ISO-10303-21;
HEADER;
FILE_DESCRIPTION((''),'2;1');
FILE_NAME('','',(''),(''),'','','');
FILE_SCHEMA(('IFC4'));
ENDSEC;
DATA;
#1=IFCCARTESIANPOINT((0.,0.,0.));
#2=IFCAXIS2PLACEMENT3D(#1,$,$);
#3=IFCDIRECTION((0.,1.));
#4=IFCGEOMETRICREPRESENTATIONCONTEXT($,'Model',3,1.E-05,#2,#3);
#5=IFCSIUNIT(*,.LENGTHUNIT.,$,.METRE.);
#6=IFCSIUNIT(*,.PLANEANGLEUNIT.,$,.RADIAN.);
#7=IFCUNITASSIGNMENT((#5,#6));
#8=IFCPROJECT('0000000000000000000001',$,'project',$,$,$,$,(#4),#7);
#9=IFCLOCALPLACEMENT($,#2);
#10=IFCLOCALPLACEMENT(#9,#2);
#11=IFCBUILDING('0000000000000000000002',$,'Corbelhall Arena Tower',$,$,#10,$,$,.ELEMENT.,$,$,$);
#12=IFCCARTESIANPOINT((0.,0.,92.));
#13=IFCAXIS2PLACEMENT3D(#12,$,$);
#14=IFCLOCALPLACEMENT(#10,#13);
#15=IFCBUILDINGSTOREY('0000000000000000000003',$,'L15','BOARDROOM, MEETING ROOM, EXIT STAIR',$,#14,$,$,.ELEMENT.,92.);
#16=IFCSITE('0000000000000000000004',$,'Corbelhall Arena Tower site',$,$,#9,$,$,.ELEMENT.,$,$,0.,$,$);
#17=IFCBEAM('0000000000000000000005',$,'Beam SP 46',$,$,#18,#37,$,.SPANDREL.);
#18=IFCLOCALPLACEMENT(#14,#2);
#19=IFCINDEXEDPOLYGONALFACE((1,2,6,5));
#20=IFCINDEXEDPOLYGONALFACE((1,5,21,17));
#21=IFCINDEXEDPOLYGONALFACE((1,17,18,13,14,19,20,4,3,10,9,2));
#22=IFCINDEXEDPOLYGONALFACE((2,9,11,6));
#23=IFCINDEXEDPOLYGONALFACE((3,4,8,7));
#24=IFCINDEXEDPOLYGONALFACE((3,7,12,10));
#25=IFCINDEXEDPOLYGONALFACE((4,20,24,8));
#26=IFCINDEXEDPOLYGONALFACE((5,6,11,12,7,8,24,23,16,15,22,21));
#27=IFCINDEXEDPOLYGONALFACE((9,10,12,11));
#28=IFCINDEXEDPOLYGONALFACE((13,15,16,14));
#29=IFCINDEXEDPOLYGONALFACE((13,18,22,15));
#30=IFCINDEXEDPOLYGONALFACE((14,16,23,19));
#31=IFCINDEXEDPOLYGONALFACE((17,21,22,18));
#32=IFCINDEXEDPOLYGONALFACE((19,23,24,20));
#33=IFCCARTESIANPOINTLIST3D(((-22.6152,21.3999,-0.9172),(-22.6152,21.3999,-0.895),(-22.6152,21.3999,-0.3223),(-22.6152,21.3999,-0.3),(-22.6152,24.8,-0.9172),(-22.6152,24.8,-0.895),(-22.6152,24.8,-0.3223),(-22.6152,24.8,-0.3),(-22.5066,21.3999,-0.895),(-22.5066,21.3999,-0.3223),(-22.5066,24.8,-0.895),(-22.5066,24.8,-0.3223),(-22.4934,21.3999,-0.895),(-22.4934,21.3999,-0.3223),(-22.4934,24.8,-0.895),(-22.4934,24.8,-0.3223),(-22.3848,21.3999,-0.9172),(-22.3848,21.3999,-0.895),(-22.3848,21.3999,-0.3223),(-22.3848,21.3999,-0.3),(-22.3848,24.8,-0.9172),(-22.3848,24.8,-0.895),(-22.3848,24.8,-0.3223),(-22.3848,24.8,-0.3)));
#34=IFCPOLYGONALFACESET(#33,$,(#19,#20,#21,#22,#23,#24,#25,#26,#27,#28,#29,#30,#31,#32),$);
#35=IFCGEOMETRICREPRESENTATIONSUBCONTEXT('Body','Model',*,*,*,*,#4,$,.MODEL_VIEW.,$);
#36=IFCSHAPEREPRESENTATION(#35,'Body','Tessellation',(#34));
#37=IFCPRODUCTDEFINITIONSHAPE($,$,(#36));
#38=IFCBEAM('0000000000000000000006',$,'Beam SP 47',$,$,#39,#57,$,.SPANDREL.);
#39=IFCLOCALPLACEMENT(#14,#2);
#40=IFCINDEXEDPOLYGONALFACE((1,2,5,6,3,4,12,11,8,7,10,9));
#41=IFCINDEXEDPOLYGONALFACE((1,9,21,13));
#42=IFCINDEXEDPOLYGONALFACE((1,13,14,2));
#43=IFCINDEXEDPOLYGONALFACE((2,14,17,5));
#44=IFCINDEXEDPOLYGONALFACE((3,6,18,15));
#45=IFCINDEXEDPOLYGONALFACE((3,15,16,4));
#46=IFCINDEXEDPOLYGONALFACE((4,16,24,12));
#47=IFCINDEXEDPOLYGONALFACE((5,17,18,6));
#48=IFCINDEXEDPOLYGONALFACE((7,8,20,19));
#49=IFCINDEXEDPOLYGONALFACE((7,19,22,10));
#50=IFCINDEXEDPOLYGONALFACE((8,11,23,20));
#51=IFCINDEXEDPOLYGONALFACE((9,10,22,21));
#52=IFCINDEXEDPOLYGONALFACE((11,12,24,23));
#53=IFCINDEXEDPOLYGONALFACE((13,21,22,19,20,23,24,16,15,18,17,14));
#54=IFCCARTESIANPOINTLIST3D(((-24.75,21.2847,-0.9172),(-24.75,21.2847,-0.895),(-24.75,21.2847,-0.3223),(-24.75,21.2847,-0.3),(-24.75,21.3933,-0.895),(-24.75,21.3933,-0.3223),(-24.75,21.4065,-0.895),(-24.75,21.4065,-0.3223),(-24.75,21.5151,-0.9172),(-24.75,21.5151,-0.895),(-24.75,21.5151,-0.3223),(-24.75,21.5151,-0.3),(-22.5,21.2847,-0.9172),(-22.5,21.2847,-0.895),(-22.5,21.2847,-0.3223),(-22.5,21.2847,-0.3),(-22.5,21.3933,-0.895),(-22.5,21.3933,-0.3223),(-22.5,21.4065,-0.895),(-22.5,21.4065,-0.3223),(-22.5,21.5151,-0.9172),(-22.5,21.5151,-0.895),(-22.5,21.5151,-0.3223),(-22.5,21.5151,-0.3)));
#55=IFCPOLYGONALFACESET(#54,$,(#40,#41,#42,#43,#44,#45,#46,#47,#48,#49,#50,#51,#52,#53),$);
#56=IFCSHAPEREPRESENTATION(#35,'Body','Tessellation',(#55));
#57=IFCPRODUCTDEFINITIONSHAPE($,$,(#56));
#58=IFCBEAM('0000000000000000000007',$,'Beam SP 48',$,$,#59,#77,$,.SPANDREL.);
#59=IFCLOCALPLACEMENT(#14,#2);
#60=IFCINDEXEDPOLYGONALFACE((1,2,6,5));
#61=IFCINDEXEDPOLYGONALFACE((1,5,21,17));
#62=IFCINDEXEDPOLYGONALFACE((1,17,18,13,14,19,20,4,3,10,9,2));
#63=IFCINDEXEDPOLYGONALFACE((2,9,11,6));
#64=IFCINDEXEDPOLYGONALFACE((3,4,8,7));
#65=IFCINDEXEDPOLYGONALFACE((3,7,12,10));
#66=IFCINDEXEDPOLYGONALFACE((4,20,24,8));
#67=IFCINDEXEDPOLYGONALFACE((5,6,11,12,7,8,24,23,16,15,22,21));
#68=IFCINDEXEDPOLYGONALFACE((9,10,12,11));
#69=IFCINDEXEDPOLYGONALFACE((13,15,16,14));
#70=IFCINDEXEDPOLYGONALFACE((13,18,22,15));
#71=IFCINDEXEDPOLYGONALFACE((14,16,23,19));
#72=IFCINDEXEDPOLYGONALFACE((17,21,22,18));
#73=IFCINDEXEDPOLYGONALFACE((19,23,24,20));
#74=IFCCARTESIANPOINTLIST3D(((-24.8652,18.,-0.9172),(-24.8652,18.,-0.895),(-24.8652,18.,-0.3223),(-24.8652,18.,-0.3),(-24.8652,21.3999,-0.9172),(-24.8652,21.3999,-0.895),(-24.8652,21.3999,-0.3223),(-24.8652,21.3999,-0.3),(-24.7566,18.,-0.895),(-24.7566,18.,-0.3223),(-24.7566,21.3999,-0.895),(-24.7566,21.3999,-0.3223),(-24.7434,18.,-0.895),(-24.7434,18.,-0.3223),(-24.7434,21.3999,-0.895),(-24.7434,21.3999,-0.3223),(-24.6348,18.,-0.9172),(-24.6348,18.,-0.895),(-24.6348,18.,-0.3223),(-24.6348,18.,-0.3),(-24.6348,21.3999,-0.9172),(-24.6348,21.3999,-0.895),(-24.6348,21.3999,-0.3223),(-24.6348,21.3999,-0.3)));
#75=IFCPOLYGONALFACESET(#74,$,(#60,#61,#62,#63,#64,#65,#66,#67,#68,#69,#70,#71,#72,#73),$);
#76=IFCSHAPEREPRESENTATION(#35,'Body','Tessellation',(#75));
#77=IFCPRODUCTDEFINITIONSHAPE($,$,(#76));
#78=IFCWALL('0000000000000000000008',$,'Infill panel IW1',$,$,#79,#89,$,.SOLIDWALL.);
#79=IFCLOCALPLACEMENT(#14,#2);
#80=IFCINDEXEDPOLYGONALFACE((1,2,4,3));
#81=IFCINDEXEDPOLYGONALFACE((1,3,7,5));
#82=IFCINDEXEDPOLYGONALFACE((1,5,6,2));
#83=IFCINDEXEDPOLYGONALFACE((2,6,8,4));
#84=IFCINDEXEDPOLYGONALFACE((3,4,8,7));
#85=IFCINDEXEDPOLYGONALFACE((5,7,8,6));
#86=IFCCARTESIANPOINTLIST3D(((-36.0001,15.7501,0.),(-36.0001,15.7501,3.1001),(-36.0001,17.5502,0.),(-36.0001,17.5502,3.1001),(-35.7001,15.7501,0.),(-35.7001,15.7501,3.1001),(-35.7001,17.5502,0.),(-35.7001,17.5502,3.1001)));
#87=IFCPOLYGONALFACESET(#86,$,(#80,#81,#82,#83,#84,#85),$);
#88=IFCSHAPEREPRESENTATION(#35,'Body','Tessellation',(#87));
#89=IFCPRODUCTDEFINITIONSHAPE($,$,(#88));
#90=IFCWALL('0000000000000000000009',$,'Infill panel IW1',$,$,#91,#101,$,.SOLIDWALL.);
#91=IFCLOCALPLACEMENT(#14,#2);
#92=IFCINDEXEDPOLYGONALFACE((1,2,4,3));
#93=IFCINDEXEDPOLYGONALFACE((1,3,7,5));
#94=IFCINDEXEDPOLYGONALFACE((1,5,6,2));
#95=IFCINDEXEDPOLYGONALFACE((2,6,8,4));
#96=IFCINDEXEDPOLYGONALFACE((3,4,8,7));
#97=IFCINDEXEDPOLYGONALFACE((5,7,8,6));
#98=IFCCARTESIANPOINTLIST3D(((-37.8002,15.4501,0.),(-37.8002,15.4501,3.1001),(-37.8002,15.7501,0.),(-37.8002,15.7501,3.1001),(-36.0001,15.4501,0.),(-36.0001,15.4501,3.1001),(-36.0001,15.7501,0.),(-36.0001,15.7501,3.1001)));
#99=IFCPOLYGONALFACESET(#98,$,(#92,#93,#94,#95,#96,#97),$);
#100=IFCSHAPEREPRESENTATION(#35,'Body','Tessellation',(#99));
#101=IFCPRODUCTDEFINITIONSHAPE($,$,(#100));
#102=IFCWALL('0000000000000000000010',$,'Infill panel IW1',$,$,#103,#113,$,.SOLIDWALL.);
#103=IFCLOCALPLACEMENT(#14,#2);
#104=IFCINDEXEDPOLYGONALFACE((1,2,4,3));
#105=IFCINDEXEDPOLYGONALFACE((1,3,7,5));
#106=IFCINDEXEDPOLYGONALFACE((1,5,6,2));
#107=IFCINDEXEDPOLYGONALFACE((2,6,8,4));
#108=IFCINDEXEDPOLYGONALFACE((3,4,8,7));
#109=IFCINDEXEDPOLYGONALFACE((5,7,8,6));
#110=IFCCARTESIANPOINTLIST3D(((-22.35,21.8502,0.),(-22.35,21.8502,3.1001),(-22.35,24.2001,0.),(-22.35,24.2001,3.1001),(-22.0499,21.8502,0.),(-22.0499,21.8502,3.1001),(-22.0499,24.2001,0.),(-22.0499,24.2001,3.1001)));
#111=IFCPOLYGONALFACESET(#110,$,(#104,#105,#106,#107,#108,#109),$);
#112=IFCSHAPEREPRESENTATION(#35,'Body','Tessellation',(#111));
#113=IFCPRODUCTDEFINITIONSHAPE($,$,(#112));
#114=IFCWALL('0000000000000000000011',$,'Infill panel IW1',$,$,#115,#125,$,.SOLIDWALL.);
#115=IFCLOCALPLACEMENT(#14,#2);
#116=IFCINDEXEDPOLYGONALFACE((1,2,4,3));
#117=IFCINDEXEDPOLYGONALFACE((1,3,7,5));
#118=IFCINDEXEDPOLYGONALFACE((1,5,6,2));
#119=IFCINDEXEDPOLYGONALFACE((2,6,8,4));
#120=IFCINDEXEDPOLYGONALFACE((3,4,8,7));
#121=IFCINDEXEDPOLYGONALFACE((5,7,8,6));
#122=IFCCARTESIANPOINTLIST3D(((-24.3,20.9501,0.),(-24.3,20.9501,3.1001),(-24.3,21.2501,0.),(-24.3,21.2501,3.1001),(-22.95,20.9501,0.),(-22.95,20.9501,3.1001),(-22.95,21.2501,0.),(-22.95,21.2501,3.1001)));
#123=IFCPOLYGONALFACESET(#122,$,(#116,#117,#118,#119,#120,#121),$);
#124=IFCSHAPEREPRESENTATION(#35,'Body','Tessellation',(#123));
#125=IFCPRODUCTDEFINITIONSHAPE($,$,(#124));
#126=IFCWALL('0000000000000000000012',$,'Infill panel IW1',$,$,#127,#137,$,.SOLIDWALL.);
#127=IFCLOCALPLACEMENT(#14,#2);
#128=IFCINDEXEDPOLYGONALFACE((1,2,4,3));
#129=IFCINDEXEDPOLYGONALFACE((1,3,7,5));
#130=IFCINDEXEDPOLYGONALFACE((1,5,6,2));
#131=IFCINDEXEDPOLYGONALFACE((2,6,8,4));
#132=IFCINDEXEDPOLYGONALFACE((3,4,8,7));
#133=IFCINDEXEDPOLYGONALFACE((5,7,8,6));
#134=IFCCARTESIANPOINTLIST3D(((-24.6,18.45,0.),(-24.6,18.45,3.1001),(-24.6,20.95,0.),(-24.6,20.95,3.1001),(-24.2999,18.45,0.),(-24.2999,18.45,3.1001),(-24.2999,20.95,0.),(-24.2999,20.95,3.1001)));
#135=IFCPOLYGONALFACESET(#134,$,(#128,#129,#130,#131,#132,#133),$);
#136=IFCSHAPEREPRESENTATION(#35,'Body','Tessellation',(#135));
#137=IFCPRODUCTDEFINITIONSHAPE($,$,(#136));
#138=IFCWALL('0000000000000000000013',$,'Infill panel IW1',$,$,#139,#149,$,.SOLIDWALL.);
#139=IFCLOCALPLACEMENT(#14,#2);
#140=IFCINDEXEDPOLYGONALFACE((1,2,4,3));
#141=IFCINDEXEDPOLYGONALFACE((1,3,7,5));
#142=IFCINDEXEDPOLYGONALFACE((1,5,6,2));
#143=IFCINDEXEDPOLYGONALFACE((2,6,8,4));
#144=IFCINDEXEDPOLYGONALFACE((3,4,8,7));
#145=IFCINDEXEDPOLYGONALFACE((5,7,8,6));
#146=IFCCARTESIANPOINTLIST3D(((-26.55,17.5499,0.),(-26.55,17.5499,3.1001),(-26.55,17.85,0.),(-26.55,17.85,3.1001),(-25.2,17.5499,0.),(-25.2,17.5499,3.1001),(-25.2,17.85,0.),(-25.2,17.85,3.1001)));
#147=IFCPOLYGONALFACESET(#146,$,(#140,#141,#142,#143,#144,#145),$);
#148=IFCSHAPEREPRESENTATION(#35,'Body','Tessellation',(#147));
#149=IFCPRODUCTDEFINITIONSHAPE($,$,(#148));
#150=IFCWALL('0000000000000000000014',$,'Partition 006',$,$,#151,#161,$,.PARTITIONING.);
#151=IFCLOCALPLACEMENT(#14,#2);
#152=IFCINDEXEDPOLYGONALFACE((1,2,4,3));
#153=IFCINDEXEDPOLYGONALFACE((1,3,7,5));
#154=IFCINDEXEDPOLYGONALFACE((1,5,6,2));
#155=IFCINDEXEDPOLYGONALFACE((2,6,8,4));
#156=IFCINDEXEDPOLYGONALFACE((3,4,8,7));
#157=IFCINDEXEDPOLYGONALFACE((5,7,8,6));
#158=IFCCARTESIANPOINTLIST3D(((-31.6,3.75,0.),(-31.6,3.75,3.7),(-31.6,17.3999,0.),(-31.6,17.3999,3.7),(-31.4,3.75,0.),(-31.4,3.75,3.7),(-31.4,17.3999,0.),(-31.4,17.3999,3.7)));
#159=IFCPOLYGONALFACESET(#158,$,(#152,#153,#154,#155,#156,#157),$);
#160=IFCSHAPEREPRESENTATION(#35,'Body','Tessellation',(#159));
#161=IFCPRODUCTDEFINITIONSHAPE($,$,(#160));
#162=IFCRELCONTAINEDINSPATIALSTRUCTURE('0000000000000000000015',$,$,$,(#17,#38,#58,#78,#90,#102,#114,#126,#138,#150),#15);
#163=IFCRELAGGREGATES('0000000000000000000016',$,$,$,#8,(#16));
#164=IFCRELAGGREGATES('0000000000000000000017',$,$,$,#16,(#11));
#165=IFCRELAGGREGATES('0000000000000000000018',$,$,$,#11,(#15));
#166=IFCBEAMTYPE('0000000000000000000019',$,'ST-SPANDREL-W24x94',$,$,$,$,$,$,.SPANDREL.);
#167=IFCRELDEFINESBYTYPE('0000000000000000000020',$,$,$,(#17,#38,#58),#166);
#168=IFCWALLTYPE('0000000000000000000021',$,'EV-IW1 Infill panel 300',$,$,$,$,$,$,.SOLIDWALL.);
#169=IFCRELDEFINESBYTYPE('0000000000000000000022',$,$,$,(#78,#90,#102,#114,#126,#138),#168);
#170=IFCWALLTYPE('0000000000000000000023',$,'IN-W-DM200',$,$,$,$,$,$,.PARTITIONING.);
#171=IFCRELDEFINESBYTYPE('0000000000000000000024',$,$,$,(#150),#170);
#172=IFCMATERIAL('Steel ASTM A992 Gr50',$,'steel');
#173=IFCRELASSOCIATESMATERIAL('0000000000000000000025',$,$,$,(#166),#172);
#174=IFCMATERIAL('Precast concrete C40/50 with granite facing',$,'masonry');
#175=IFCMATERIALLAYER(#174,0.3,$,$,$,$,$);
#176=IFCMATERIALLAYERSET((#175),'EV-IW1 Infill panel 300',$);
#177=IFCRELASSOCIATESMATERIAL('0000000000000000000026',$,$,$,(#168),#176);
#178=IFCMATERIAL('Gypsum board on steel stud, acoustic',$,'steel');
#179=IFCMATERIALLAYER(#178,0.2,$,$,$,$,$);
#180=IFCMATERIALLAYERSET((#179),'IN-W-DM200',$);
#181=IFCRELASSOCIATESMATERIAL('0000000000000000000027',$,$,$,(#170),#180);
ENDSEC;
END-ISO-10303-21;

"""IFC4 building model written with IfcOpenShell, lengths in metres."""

from ifc_helpers import new_model, si_unit, direction, frame, frame_2d, origin, origin_2d, place, context, subcontext, project, spatial, rectangle, i_section, extrude, material, layer, layer_set, material_profile, profile_set, type_object, element, save


model = new_model("IFC4")

# Units and contexts
model_context = context("Model", 3, precision=1e-05, world=origin(), true_north=direction((0.0, 1.0)))
body_context = subcontext(model_context, "Body", "Model", "MODEL_VIEW")
ifc_project = project(units=[si_unit("LENGTHUNIT", "METRE"), si_unit("PLANEANGLEUNIT", "RADIAN")], contexts=[model_context])

# Site, building, storey
site_placement = place(None, origin())
site = spatial("IfcSite", under=ifc_project, at=site_placement, Name="Corbelhall Arena Tower site", CompositionType="ELEMENT", RefElevation=0.0)
building_placement = place(site_placement, origin())
building = spatial("IfcBuilding", under=site, at=building_placement, Name="Corbelhall Arena Tower", CompositionType="ELEMENT")
storey_placement = place(building_placement, frame((0.0, 0.0, 92.0)))
storey = spatial("IfcBuildingStorey", under=building, at=storey_placement, Name="L15", Description="BOARDROOM, MEETING ROOM, EXIT STAIR", CompositionType="ELEMENT", Elevation=92.0)

# Beams
ifc_material_1 = material(Name="Steel ASTM A992 Gr50", Category="steel")
ifc_material_profile_1 = material_profile(ifc_material_1, i_section(OverallWidth=0.2305, OverallDepth=0.6172, WebThickness=0.0132, FlangeThickness=0.0222, at=origin_2d()))
ifc_profile_set_1 = profile_set([ifc_material_profile_1], Name="Steel ASTM A992 Gr50")
beam_type = type_object("IfcBeamType", Name="ST-SPANDREL-W24x94", PredefinedType="SPANDREL", material=ifc_profile_set_1)
beam_1_placement = place(storey_placement, frame((-22.5, 21.3999, -0.6086), z_axis=(0.0, 1.0, 0.0), x_axis=(-1.0, 0.0, 0.0)))
element("IfcBeam", 1, at=beam_1_placement, inside=storey, type_object=beam_type, Name="Beam SP 46", PredefinedType="SPANDREL", context=body_context, shape_type="SweptSolid", body=[
    extrude(i_section(OverallWidth=0.2305, OverallDepth=0.6172, WebThickness=0.0132, FlangeThickness=0.0222, at=origin_2d()), origin(), (0.0, 0.0, 1.0), 3.4001),
])
beam_2_placement = place(storey_placement, frame((-24.75, 21.3999, -0.6086), z_axis=(1.0, 0.0, 0.0), x_axis=(0.0, 1.0, 0.0)))
element("IfcBeam", 2, at=beam_2_placement, inside=storey, type_object=beam_type, Name="Beam SP 47", PredefinedType="SPANDREL", context=body_context, shape_type="SweptSolid", body=[
    extrude(i_section(OverallWidth=0.2305, OverallDepth=0.6172, WebThickness=0.0132, FlangeThickness=0.0222, at=origin_2d()), origin(), (0.0, 0.0, 1.0), 2.25),
])
beam_3_placement = place(storey_placement, frame((-24.75, 18.0, -0.6086), z_axis=(0.0, 1.0, 0.0), x_axis=(-1.0, 0.0, 0.0)))
element("IfcBeam", 3, at=beam_3_placement, inside=storey, type_object=beam_type, Name="Beam SP 48", PredefinedType="SPANDREL", context=body_context, shape_type="SweptSolid", body=[
    extrude(i_section(OverallWidth=0.2305, OverallDepth=0.6172, WebThickness=0.0132, FlangeThickness=0.0222, at=origin_2d()), origin(), (0.0, 0.0, 1.0), 3.3999),
])

# Walls
ifc_material_2 = material(Name="Precast concrete C40/50 with granite facing", Category="masonry")
ifc_layer_1 = layer(ifc_material_2, 0.3)
ifc_layer_set_1 = layer_set([ifc_layer_1], Name="EV-IW1 Infill panel 300")
wall_type_1 = type_object("IfcWallType", Name="EV-IW1 Infill panel 300", PredefinedType="SOLIDWALL", material=ifc_layer_set_1)
for number, where, z_axis, x_axis, name in (
    (4, (-35.8501, 17.55, 0.0), (0.0, 0.0, 1.0), (0.0, -1.0, 0.0), "Infill panel IW1"),
    (5, (-37.8, 15.6001, 0.0), (0.0, 0.0, 1.0), (1.0, 0.0, 0.0), "Infill panel IW1"),
):
    element("IfcWall", number, at=place(storey_placement, frame(where, z_axis=z_axis, x_axis=x_axis)), inside=storey, type_object=wall_type_1, Name=name, PredefinedType="SOLIDWALL", context=body_context, shape_type="SweptSolid", body=[
        extrude(rectangle(XDim=1.8, YDim=0.3, at=frame_2d((0.8999, 0.0))), origin(), (0.0, 0.0, 1.0), 3.1001),
    ])
wall_1_placement = place(storey_placement, frame((-22.2, 24.2, 0.0), z_axis=(0.0, 0.0, 1.0), x_axis=(0.0, -1.0, 0.0)))
element("IfcWall", 6, at=wall_1_placement, inside=storey, type_object=wall_type_1, Name="Infill panel IW1", PredefinedType="SOLIDWALL", context=body_context, shape_type="SweptSolid", body=[
    extrude(rectangle(XDim=2.3499, YDim=0.3, at=frame_2d((1.1748, 0.0))), origin(), (0.0, 0.0, 1.0), 3.1001),
])
wall_2_placement = place(storey_placement, frame((-22.95, 21.1001, 0.0), z_axis=(0.0, 0.0, 1.0), x_axis=(-1.0, 0.0, 0.0)))
element("IfcWall", 7, at=wall_2_placement, inside=storey, type_object=wall_type_1, Name="Infill panel IW1", PredefinedType="SOLIDWALL", context=body_context, shape_type="SweptSolid", body=[
    extrude(rectangle(XDim=1.3501, YDim=0.3, at=frame_2d((0.675, 0.0))), origin(), (0.0, 0.0, 1.0), 3.1001),
])
wall_3_placement = place(storey_placement, frame((-24.45, 20.95, 0.0), z_axis=(0.0, 0.0, 1.0), x_axis=(0.0, -1.0, 0.0)))
element("IfcWall", 8, at=wall_3_placement, inside=storey, type_object=wall_type_1, Name="Infill panel IW1", PredefinedType="SOLIDWALL", context=body_context, shape_type="SweptSolid", body=[
    extrude(rectangle(XDim=2.5, YDim=0.3, at=frame_2d((1.25, 0.0))), origin(), (0.0, 0.0, 1.0), 3.1001),
])
wall_4_placement = place(storey_placement, frame((-25.2, 17.7, 0.0), z_axis=(0.0, 0.0, 1.0), x_axis=(-1.0, 0.0, 0.0)))
element("IfcWall", 9, at=wall_4_placement, inside=storey, type_object=wall_type_1, Name="Infill panel IW1", PredefinedType="SOLIDWALL", context=body_context, shape_type="SweptSolid", body=[
    extrude(rectangle(XDim=1.3501, YDim=0.3, at=frame_2d((0.675, 0.0))), origin(), (0.0, 0.0, 1.0), 3.1001),
])

# Wall
ifc_material_3 = material(Name="Gypsum board on steel stud, acoustic", Category="steel")
ifc_layer_2 = layer(ifc_material_3, 0.2)
ifc_layer_set_2 = layer_set([ifc_layer_2], Name="IN-W-DM200")
wall_type_2 = type_object("IfcWallType", Name="IN-W-DM200", PredefinedType="PARTITIONING", material=ifc_layer_set_2)
wall_5_placement = place(storey_placement, frame((-31.5, 17.3999, 0.0), z_axis=(0.0, 0.0, 1.0), x_axis=(0.0, -1.0, 0.0)))
element("IfcWall", 10, at=wall_5_placement, inside=storey, type_object=wall_type_2, Name="Partition 006", PredefinedType="PARTITIONING", context=body_context, shape_type="SweptSolid", body=[
    extrude(rectangle(XDim=13.6499, YDim=0.2, at=frame_2d((6.825, 0.0))), origin(), (0.0, 0.0, 1.0), 3.7),
])

save(model, "model.ifc")
